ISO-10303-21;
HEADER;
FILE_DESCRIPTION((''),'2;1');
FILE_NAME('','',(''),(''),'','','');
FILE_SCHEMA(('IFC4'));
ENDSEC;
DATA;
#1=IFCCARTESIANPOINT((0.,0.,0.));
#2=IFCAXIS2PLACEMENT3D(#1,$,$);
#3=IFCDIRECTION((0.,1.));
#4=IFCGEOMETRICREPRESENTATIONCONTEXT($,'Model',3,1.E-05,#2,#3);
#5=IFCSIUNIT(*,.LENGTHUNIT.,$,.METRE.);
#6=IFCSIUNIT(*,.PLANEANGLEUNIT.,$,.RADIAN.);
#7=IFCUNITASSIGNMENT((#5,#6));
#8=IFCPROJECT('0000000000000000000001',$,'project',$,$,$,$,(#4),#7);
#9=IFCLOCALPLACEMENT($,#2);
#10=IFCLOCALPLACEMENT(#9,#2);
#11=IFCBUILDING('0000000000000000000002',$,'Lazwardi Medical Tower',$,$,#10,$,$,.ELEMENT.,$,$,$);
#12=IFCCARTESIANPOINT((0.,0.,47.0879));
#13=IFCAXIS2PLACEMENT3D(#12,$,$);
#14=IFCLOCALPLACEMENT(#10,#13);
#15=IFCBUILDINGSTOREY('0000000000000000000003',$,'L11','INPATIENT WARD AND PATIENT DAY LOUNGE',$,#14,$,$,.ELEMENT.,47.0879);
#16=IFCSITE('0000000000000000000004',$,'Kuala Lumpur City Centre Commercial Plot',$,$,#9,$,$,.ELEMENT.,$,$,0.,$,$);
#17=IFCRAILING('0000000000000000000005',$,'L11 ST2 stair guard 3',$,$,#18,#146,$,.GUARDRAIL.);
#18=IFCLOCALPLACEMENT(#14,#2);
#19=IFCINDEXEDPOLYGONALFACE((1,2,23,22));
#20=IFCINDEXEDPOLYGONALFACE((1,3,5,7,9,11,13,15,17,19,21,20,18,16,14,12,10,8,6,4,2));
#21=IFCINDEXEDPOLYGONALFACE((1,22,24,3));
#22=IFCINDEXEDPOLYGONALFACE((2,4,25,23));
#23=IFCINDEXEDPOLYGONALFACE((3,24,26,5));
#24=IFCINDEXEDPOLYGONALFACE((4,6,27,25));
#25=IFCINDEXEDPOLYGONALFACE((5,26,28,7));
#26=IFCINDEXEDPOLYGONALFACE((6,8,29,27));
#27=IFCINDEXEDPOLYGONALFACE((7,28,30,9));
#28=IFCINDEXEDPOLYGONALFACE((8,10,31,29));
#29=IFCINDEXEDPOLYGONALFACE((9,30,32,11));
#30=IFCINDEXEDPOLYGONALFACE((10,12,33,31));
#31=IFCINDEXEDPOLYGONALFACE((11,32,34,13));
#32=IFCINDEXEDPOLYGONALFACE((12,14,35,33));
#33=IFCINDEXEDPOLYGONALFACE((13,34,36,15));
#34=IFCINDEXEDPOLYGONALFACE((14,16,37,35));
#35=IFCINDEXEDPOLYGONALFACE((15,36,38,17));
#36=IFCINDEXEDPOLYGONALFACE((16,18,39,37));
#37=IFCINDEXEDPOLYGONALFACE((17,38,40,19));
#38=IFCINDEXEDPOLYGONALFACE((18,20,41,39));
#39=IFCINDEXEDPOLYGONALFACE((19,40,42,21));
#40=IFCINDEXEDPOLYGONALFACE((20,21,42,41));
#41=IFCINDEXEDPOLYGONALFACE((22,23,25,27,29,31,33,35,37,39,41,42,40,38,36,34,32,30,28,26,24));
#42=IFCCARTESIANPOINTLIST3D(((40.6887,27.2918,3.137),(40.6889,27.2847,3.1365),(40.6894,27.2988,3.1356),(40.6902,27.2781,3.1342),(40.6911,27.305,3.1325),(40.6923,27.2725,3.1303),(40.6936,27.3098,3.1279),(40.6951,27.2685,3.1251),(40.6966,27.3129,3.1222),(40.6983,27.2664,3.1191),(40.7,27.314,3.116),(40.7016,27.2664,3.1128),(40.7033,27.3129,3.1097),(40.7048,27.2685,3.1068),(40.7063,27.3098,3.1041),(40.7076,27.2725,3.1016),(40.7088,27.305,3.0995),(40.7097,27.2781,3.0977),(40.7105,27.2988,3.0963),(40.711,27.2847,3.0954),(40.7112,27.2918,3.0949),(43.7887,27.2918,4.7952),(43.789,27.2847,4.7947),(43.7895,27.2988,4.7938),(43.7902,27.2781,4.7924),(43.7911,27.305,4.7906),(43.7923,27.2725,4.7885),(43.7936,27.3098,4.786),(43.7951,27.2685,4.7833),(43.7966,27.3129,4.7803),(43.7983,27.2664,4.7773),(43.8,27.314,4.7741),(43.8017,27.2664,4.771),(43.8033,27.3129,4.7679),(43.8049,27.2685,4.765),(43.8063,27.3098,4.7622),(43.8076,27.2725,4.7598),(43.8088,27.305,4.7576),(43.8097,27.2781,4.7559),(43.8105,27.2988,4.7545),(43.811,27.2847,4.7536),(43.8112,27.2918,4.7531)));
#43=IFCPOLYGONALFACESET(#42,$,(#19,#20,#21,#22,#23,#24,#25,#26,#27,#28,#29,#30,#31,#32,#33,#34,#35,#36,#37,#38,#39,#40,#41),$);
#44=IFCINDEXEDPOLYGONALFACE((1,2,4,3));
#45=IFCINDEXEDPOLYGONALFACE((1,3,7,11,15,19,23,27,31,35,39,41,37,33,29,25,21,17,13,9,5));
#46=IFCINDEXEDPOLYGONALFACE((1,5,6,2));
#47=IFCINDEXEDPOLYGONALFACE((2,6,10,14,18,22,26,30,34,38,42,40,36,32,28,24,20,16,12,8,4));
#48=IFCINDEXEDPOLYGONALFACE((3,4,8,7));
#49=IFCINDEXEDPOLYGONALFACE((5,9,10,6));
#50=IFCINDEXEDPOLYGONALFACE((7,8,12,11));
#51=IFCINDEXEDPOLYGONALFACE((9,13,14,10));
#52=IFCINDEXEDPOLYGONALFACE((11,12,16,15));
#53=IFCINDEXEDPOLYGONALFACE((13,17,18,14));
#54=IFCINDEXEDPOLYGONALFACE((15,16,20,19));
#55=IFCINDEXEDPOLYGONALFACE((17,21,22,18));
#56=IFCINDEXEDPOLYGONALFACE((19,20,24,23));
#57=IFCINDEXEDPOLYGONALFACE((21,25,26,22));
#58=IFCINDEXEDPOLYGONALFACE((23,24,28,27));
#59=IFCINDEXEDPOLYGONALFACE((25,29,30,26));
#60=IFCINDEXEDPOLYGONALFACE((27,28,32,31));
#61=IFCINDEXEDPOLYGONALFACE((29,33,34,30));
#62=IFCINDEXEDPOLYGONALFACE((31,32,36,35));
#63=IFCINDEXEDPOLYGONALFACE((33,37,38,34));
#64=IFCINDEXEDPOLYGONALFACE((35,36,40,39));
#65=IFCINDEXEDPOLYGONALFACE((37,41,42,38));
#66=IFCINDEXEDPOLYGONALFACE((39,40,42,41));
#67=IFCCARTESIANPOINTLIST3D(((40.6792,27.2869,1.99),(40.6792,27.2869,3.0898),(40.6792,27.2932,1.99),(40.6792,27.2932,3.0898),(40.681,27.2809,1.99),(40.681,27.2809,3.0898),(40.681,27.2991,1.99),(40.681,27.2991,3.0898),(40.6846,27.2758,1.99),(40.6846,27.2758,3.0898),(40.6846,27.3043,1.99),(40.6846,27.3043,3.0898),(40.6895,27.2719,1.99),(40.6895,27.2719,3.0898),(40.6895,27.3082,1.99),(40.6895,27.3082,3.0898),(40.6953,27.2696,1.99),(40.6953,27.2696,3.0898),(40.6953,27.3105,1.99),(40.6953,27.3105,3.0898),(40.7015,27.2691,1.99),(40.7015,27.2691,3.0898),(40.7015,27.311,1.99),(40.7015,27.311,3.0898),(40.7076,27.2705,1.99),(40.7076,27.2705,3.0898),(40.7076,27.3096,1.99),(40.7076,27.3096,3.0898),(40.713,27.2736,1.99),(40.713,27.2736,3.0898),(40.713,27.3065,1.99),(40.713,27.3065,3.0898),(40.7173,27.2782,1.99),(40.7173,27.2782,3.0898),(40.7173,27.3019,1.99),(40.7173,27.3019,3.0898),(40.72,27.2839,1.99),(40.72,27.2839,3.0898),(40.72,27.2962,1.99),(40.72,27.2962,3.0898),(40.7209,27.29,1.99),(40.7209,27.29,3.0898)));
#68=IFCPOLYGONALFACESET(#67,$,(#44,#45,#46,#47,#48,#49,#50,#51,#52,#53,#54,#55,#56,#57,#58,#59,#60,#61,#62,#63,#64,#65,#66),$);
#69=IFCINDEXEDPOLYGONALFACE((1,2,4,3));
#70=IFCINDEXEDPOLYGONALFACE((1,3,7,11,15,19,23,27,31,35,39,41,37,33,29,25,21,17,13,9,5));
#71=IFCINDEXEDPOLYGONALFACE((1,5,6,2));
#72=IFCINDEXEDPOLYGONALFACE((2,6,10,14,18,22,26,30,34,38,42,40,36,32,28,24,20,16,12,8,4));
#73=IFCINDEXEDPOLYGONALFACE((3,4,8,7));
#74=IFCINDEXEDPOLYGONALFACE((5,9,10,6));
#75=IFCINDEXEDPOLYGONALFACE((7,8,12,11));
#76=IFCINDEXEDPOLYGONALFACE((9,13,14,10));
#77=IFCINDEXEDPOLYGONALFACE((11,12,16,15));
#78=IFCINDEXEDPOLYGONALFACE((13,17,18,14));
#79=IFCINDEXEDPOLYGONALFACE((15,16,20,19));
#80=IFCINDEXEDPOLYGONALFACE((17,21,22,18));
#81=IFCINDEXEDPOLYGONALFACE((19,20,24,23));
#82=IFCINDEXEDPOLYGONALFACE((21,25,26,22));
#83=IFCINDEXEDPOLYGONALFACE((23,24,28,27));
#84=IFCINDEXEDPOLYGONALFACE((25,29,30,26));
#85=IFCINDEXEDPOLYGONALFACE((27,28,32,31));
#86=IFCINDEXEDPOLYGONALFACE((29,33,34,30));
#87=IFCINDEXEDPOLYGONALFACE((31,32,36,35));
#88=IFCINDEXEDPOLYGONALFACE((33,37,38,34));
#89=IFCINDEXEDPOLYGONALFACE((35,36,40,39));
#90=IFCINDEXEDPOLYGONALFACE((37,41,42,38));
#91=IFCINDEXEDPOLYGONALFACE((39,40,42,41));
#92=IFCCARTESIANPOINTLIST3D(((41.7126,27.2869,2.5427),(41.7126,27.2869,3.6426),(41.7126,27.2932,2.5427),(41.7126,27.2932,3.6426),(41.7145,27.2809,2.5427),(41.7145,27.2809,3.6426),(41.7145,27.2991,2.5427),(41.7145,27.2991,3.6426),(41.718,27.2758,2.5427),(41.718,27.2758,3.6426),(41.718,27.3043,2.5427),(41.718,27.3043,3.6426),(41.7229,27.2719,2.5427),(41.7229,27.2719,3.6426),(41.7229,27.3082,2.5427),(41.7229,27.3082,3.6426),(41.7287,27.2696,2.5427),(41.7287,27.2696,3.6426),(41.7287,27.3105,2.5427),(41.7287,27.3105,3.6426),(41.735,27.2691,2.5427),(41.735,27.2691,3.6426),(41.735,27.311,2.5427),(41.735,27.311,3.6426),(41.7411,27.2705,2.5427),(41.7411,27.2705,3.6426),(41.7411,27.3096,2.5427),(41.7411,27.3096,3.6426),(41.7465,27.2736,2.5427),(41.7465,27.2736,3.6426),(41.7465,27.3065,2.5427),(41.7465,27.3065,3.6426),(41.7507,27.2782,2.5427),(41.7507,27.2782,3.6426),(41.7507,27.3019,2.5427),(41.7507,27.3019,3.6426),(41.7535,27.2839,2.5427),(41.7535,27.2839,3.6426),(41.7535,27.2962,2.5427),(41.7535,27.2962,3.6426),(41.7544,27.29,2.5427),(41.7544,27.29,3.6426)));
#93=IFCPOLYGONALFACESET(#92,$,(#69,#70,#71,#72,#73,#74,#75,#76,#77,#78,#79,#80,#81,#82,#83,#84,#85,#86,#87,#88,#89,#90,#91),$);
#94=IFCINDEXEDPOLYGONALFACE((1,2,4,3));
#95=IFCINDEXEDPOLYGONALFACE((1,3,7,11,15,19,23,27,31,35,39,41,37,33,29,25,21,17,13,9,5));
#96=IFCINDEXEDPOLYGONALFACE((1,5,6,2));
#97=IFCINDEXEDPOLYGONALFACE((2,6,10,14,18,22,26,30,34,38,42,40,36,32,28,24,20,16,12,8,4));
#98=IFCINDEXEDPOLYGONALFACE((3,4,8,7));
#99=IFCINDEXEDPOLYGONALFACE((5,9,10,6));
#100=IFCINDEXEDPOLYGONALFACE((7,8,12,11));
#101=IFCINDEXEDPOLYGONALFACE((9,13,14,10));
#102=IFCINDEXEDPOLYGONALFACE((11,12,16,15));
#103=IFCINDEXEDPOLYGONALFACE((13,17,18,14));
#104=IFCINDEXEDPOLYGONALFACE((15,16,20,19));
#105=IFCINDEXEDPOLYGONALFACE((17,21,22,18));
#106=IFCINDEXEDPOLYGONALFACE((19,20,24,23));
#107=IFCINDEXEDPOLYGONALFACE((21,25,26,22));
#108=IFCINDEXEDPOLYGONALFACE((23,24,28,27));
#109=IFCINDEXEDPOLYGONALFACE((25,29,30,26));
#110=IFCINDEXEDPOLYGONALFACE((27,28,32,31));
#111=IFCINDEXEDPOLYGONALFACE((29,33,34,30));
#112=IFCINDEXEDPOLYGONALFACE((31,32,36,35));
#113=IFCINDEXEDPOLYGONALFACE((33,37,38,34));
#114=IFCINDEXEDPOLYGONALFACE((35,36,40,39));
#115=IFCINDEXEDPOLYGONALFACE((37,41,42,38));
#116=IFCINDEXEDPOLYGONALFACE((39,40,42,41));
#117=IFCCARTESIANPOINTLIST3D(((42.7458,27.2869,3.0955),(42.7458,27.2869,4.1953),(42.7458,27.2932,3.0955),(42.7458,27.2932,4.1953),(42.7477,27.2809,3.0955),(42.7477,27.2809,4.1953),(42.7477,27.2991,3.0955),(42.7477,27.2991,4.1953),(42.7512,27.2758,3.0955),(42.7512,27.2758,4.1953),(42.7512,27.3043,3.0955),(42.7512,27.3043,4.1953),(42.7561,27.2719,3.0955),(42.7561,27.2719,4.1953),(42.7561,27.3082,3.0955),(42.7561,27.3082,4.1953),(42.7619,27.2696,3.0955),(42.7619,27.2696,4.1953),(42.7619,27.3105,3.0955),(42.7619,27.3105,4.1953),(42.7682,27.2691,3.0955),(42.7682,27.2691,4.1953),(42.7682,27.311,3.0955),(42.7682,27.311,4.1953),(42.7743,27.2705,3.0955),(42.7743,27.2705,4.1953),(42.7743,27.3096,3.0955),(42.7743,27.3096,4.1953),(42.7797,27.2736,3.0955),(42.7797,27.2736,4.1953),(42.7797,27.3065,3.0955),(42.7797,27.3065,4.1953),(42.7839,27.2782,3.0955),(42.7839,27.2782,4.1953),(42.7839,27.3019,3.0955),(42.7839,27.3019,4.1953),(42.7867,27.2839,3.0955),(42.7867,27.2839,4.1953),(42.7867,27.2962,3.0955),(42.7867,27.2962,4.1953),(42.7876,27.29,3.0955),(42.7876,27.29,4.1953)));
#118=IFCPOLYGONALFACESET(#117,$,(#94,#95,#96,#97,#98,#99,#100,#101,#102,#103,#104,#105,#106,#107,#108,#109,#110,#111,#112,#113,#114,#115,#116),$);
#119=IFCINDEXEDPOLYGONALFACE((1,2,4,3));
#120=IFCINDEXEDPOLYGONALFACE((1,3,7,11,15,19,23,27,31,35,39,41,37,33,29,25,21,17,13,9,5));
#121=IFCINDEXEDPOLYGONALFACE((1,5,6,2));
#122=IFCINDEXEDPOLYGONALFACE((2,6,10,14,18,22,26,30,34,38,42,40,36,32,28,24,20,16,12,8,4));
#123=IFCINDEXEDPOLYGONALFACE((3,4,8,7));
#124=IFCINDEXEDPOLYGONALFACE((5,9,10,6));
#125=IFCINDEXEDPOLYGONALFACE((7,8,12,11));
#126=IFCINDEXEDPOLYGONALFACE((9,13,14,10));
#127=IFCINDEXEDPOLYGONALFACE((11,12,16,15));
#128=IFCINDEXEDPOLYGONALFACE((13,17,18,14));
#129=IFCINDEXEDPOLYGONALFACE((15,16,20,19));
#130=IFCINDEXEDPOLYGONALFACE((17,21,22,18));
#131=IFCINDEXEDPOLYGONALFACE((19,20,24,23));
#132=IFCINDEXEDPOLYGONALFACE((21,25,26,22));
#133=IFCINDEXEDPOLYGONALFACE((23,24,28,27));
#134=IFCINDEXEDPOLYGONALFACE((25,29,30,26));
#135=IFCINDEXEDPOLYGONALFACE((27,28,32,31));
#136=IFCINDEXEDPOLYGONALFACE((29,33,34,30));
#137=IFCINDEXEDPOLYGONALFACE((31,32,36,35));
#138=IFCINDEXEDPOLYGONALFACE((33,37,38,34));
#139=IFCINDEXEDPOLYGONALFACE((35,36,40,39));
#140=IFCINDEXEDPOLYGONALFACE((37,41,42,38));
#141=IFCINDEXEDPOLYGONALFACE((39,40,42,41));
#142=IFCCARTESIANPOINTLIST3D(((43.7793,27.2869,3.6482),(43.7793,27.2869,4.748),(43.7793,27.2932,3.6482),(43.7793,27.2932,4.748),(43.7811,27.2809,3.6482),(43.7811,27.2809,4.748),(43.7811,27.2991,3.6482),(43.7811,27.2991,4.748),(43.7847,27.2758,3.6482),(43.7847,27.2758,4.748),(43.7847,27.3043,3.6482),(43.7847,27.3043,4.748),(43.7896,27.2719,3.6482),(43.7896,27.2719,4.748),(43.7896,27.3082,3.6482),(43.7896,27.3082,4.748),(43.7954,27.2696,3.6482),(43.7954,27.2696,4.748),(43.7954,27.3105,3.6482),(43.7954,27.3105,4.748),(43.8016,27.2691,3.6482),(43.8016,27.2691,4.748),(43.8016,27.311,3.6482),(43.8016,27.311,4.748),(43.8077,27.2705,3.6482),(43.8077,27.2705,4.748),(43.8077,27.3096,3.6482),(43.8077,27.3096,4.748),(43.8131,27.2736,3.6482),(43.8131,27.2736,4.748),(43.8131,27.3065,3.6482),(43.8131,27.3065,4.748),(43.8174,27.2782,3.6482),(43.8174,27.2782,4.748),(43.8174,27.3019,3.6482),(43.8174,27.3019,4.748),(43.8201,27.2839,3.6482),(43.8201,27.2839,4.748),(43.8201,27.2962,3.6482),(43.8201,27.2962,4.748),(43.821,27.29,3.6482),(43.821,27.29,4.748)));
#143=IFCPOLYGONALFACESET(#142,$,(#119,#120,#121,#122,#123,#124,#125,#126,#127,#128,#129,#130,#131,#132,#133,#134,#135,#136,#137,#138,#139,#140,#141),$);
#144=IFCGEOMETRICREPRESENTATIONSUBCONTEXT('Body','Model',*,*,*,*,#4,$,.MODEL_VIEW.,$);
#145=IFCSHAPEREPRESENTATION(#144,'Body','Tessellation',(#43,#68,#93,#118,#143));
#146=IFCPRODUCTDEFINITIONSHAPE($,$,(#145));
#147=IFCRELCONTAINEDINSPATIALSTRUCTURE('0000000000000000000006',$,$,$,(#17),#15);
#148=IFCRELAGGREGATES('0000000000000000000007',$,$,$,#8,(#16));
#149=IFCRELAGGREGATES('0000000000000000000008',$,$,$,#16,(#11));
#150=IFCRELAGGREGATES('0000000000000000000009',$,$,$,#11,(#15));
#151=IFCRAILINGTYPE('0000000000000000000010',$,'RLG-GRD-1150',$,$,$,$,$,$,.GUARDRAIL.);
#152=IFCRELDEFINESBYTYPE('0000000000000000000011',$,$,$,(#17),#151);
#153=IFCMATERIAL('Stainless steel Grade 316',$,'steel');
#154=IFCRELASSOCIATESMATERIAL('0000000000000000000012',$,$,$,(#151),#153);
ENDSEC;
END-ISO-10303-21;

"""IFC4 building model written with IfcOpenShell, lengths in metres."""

from ifc_helpers import new_model, si_unit, direction, frame, origin, origin_2d, place, context, subcontext, project, spatial, circle, extrude, material, type_object, element, save


model = new_model("IFC4")

# Units and contexts
model_context = context("Model", 3, precision=1e-05, world=origin(), true_north=direction((0.0, 1.0)))
body_context = subcontext(model_context, "Body", "Model", "MODEL_VIEW")
ifc_project = project(units=[si_unit("LENGTHUNIT", "METRE"), si_unit("PLANEANGLEUNIT", "RADIAN")], contexts=[model_context])

# Site, building, storey
site_placement = place(None, origin())
site = spatial("IfcSite", under=ifc_project, at=site_placement, Name="Kuala Lumpur City Centre Commercial Plot", CompositionType="ELEMENT", RefElevation=0.0)
building_placement = place(site_placement, origin())
building = spatial("IfcBuilding", under=site, at=building_placement, Name="Lazwardi Medical Tower", CompositionType="ELEMENT")
storey_placement = place(building_placement, frame((0.0, 0.0, 47.0879)))
storey = spatial("IfcBuildingStorey", under=building, at=storey_placement, Name="L11", Description="INPATIENT WARD AND PATIENT DAY LOUNGE", CompositionType="ELEMENT", Elevation=47.0879)

# Railing
ifc_material_1 = material(Name="Stainless steel Grade 316", Category="steel")
railing_type_1 = type_object("IfcRailingType", Name="RLG-GRD-1150", PredefinedType="GUARDRAIL", material=ifc_material_1)
railing_1_placement = place(storey_placement, frame((40.7, 27.29, 1.99)))
element("IfcRailing", 1, at=railing_1_placement, inside=storey, type_object=railing_type_1, Name="L11 ST2 stair guard 3", PredefinedType="GUARDRAIL", context=body_context, shape_type="SweptSolid", body=[
    extrude(circle(Radius=0.0239, at=origin_2d()), frame((0.0, 0.0, 1.126), z_axis=(0.881783, 0.0, 0.471655), x_axis=(0.0, 1.0, 0.0)), (0.0, 0.0, 1.0), 3.5156),
    extrude(circle(Radius=0.021, at=origin_2d()), origin(), (0.0, 0.0, 1.0), 1.0999),
    extrude(circle(Radius=0.021, at=origin_2d()), frame((1.0334, 0.0, 0.5527)), (0.0, 0.0, 1.0), 1.0999),
    extrude(circle(Radius=0.021, at=origin_2d()), frame((2.0667, 0.0, 1.1055)), (0.0, 0.0, 1.0), 1.0999),
    extrude(circle(Radius=0.021, at=origin_2d()), frame((3.1001, 0.0, 1.6582)), (0.0, 0.0, 1.0), 1.0999),
])

save(model, "model.ifc")
